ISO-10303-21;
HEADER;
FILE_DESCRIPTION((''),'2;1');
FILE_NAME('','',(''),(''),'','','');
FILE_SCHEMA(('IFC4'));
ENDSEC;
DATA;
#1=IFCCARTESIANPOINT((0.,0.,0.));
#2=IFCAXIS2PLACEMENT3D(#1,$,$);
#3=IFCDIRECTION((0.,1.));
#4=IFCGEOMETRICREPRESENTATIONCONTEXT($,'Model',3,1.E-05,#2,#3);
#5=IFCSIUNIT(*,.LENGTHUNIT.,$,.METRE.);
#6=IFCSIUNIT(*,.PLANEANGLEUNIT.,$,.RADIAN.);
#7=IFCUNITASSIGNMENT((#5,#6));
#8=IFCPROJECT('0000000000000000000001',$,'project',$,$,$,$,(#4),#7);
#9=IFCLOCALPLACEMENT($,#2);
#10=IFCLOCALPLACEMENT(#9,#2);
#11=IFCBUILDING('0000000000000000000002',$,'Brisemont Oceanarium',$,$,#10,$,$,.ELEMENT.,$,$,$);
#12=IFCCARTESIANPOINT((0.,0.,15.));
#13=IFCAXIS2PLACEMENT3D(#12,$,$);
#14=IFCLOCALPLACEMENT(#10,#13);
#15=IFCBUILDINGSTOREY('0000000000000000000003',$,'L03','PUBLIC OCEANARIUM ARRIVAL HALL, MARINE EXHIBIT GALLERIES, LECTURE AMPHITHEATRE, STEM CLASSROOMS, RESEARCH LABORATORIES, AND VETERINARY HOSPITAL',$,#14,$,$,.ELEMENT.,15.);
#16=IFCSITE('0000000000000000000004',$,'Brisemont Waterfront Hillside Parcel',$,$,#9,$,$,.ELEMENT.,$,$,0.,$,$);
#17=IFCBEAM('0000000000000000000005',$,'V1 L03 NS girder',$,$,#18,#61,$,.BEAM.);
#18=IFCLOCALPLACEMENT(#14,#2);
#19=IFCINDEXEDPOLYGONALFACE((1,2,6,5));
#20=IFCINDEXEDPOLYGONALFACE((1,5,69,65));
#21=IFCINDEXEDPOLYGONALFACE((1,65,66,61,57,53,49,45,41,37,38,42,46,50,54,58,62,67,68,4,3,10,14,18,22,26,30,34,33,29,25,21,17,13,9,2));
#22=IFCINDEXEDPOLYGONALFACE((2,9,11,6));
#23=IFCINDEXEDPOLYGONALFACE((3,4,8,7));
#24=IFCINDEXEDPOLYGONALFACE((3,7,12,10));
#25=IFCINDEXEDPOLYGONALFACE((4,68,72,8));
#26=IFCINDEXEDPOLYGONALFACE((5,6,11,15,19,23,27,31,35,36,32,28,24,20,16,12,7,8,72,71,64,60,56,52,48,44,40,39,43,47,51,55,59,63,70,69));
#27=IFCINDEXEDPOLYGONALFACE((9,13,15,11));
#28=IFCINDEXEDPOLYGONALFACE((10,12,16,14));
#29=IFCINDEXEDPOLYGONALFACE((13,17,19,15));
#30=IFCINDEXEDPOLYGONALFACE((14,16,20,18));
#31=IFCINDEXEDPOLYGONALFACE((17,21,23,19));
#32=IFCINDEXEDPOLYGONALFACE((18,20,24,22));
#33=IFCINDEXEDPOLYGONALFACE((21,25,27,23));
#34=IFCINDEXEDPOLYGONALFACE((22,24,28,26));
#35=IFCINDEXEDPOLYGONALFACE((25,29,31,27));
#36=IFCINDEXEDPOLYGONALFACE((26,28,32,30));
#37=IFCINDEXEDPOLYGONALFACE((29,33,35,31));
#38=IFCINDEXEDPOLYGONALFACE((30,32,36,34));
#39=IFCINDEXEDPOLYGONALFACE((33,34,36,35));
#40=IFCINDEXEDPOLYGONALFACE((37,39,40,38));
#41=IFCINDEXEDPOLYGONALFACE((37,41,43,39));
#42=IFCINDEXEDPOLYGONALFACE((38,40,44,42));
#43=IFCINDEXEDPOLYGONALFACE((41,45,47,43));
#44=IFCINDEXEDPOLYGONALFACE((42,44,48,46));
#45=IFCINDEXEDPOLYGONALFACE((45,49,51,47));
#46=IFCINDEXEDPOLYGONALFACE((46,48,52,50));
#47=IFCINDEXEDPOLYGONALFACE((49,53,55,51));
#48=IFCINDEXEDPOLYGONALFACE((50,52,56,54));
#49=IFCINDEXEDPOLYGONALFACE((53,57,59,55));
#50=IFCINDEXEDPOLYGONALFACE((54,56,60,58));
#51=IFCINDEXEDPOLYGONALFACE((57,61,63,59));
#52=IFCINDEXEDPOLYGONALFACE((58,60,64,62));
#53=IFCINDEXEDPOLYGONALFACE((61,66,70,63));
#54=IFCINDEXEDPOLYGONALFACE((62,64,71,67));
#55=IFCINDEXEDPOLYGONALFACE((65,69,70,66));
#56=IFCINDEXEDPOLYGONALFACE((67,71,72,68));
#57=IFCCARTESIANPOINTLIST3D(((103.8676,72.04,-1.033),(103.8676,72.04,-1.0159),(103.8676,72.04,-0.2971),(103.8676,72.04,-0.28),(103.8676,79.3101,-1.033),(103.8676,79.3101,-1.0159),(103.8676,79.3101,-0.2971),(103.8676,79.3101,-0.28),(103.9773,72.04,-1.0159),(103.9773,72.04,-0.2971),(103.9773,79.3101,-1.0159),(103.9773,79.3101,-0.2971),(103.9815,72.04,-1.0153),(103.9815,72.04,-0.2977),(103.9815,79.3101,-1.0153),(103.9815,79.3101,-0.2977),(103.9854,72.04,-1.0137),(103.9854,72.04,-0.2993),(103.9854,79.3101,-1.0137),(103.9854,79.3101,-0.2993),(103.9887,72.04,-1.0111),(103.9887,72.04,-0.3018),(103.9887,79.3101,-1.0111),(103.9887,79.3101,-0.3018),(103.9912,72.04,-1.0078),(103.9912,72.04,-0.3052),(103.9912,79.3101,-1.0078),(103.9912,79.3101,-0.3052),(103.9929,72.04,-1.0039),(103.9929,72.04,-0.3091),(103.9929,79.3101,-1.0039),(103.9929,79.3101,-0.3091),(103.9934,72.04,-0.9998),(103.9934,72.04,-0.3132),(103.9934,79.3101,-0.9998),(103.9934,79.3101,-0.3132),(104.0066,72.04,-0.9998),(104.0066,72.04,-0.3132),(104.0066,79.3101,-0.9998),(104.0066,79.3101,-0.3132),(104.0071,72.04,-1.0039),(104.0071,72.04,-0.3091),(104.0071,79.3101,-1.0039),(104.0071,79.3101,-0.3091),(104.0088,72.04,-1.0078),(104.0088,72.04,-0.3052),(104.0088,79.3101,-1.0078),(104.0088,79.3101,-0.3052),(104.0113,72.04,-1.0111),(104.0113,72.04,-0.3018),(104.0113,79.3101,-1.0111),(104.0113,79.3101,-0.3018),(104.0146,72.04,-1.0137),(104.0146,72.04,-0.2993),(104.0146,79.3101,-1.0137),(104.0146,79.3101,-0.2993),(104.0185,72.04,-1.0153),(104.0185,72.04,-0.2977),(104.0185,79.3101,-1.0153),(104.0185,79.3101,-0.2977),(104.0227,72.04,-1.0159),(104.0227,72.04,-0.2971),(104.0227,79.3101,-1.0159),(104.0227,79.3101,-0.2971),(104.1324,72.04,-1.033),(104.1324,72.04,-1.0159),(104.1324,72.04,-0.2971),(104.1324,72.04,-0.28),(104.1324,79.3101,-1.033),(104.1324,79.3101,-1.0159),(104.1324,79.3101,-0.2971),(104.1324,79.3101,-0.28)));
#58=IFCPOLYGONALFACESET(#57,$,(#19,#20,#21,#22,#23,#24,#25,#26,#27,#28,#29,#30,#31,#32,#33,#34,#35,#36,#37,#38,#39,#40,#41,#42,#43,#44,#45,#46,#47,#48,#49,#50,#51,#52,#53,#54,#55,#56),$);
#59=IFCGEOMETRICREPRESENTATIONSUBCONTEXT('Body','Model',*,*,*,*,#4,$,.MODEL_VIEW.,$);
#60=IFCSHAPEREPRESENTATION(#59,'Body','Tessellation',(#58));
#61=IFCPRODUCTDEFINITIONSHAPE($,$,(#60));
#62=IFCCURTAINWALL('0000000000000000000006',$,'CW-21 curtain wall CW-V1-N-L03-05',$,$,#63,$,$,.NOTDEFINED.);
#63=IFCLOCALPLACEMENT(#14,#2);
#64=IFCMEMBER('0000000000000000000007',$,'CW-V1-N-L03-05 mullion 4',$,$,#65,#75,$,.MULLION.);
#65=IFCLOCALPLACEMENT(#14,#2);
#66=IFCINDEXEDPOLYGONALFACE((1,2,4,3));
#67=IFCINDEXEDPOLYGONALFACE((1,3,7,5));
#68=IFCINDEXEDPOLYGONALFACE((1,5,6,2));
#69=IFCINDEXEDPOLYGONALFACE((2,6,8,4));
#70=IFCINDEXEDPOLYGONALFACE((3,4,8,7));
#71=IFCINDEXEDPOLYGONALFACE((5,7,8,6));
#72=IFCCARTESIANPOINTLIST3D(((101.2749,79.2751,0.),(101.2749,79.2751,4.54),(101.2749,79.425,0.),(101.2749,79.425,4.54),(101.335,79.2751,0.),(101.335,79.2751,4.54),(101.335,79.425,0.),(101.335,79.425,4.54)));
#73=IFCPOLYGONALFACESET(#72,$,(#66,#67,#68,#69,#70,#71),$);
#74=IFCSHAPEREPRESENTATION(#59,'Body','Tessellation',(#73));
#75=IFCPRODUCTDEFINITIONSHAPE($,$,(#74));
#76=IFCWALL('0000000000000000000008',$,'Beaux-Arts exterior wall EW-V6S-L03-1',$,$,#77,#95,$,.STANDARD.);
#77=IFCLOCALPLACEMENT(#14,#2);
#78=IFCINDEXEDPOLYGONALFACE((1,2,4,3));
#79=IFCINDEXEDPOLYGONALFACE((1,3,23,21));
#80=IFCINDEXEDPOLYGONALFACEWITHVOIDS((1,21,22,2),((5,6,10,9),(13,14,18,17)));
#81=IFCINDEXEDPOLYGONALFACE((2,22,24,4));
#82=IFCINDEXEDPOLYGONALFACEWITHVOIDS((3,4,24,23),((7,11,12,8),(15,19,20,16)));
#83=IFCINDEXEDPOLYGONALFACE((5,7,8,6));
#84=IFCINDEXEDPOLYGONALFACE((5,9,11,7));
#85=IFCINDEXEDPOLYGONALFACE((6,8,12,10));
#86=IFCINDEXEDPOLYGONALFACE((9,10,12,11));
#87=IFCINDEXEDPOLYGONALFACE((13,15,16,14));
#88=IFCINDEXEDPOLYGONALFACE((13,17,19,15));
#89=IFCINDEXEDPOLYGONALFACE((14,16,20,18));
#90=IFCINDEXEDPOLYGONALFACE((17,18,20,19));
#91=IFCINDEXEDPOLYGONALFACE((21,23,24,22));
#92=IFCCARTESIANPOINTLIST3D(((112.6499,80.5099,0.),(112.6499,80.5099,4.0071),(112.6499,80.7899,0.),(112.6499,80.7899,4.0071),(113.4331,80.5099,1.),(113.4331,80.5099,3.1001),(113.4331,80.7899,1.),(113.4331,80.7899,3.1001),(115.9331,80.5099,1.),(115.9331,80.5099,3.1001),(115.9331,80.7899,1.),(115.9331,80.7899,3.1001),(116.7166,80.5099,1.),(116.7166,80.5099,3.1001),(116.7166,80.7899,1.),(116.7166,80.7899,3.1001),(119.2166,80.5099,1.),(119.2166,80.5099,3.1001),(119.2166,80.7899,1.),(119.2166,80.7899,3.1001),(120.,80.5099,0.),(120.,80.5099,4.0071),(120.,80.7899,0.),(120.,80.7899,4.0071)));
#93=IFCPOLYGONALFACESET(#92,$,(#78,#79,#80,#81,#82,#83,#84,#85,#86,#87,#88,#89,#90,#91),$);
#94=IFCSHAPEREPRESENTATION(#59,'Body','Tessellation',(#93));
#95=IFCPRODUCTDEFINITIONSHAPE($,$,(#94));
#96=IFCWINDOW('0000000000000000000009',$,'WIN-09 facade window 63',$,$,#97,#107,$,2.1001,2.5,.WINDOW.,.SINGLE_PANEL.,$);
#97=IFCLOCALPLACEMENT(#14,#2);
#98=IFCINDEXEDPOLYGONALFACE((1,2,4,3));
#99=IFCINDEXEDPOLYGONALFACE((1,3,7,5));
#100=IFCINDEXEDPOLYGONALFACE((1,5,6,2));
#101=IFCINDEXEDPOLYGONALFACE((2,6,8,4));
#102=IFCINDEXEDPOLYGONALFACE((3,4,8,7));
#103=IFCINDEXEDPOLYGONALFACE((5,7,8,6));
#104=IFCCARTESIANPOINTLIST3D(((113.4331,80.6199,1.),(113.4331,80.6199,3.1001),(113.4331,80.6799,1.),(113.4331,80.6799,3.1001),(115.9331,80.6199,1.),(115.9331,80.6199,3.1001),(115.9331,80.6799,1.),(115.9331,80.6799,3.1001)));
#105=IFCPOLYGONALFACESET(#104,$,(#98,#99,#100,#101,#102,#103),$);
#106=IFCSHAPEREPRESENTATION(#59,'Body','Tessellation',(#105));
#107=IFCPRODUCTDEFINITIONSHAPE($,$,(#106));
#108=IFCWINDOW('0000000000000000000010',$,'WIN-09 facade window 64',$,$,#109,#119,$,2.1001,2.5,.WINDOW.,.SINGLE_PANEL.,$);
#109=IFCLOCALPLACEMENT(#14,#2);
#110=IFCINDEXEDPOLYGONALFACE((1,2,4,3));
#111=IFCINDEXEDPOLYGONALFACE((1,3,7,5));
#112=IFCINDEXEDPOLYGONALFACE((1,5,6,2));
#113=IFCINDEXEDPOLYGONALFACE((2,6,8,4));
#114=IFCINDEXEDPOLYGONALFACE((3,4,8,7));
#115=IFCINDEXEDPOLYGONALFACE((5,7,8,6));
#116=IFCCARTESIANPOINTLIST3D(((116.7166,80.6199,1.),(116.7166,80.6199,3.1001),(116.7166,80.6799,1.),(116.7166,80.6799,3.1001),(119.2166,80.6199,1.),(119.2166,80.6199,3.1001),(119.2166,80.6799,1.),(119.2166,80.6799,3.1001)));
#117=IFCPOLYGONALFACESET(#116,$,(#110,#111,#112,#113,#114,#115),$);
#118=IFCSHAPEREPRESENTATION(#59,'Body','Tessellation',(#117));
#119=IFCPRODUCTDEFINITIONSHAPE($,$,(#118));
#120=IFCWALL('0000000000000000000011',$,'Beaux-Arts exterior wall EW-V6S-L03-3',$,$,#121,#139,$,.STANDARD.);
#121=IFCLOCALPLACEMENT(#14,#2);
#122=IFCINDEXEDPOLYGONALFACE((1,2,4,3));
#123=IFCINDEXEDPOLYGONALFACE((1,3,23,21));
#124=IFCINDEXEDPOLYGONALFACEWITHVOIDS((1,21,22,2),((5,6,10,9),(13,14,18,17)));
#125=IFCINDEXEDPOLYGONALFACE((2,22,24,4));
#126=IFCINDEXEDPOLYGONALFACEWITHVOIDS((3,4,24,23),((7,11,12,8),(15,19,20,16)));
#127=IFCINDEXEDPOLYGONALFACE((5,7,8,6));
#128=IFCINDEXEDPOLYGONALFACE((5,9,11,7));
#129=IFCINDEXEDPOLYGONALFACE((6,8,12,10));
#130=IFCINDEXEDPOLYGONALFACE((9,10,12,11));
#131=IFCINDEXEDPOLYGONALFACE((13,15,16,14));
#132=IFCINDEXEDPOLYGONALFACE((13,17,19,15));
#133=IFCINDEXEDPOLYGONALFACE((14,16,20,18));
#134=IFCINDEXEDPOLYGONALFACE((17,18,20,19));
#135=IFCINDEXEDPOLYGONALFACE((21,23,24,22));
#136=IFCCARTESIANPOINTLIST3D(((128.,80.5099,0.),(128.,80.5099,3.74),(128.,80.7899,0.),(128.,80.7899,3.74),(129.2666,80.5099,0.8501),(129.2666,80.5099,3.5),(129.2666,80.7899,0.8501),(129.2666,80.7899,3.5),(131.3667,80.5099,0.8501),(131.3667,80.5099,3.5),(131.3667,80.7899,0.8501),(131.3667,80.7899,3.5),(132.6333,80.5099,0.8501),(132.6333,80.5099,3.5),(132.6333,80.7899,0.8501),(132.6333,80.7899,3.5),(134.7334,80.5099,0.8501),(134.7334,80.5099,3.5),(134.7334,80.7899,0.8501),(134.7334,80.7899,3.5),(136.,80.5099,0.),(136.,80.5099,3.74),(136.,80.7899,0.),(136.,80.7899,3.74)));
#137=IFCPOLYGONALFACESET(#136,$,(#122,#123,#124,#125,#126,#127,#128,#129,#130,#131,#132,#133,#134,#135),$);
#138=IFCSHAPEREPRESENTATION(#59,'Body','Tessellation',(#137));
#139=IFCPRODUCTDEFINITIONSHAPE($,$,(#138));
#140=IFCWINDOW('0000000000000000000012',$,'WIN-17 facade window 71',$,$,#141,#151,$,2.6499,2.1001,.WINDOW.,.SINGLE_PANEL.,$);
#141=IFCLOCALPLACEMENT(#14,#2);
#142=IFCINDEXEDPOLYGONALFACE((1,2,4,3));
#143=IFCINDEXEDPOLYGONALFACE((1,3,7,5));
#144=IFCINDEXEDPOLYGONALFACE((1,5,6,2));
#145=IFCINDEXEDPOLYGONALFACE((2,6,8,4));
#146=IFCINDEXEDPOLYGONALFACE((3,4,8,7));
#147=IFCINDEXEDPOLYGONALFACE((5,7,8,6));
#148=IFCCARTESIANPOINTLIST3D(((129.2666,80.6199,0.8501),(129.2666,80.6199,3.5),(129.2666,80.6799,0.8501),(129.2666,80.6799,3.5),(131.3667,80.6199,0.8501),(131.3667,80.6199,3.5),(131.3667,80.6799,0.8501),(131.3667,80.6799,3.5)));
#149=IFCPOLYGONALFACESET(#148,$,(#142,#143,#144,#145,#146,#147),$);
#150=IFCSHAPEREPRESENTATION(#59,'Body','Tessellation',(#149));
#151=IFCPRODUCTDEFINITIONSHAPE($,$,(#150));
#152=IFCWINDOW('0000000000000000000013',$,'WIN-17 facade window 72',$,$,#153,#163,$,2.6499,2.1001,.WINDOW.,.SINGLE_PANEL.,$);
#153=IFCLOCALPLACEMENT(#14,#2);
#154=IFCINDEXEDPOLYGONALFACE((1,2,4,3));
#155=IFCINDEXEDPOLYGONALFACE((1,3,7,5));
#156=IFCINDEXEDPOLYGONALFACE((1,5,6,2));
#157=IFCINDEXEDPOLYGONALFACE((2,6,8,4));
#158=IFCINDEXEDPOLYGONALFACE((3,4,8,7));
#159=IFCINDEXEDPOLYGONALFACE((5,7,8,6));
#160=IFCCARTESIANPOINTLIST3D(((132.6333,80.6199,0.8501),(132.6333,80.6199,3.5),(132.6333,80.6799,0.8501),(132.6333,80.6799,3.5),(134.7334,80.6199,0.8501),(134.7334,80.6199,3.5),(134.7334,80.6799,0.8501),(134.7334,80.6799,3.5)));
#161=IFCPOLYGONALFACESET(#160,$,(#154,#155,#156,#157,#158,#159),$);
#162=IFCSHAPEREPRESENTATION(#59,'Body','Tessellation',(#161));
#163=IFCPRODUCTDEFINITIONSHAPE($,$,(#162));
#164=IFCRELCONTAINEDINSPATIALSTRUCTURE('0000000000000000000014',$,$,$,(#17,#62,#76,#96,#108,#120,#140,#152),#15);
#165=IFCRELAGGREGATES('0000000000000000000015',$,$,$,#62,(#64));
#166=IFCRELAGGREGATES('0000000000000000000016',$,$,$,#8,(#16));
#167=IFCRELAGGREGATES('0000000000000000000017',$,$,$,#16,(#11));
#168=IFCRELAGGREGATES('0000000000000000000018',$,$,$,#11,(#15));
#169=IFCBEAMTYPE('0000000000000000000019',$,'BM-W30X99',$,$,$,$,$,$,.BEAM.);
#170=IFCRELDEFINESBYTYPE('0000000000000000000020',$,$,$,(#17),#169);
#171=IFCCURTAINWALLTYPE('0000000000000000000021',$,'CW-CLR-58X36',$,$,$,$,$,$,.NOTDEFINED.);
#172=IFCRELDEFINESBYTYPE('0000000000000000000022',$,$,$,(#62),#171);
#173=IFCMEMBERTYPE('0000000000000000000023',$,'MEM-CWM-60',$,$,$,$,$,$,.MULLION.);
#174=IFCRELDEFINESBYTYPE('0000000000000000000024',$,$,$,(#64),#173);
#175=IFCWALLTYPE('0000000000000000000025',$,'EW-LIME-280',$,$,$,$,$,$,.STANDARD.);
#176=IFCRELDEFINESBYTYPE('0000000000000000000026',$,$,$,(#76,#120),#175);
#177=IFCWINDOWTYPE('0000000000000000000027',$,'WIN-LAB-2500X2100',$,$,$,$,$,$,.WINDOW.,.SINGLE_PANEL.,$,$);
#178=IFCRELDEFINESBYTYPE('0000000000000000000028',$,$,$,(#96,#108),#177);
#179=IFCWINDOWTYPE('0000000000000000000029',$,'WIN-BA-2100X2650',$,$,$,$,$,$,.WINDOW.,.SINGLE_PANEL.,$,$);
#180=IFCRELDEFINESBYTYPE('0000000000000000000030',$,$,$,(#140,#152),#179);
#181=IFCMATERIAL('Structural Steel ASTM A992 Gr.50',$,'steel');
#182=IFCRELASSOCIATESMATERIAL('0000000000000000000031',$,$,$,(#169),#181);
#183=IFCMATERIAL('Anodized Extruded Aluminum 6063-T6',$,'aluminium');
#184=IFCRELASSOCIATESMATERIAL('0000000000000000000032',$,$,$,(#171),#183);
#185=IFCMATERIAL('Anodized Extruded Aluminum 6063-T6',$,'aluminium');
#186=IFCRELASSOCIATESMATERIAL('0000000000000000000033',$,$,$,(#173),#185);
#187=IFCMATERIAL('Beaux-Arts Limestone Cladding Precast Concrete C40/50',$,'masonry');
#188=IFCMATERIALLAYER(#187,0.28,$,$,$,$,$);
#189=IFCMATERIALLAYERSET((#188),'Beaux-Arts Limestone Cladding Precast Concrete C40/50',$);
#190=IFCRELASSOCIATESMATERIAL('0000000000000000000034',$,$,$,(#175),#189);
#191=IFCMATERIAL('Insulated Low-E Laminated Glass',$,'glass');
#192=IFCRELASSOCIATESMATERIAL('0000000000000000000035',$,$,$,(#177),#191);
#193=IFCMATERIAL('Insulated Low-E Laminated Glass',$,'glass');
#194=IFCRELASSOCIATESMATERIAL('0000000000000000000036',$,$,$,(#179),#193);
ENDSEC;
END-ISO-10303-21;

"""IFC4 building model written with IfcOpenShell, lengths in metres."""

from ifc_helpers import new_model, si_unit, direction, frame, frame_2d, origin, origin_2d, place, context, subcontext, project, spatial, rectangle, i_section, extrude, material, layer, layer_set, material_profile, profile_set, type_object, element, fill, aggregate, save


model = new_model("IFC4")

# Units and contexts
model_context = context("Model", 3, precision=1e-05, world=origin(), true_north=direction((0.0, 1.0)))
body_context = subcontext(model_context, "Body", "Model", "MODEL_VIEW")
ifc_project = project(units=[si_unit("LENGTHUNIT", "METRE"), si_unit("PLANEANGLEUNIT", "RADIAN")], contexts=[model_context])

# Site, building, storey
site_placement = place(None, origin())
site = spatial("IfcSite", under=ifc_project, at=site_placement, Name="Brisemont Waterfront Hillside Parcel", CompositionType="ELEMENT", RefElevation=0.0)
building_placement = place(site_placement, origin())
building = spatial("IfcBuilding", under=site, at=building_placement, Name="Brisemont Oceanarium", CompositionType="ELEMENT")
storey_placement = place(building_placement, frame((0.0, 0.0, 15.0)))
storey = spatial("IfcBuildingStorey", under=building, at=storey_placement, Name="L03", Description="PUBLIC OCEANARIUM ARRIVAL HALL, MARINE EXHIBIT GALLERIES, LECTURE AMPHITHEATRE, STEM CLASSROOMS, RESEARCH LABORATORIES, AND VETERINARY HOSPITAL", CompositionType="ELEMENT", Elevation=15.0)

# Beam
ifc_material_1 = material(Name="Structural Steel ASTM A992 Gr.50", Category="steel")
ifc_material_profile_1 = material_profile(ifc_material_1, i_section(OverallWidth=0.2649, OverallDepth=0.7529, WebThickness=0.0132, FlangeThickness=0.0171, FilletRadius=0.0161, at=origin_2d()), Name="W30X99")
ifc_profile_set_1 = profile_set([ifc_material_profile_1], Name="Structural Steel ASTM A992 Gr.50")
beam_type_1 = type_object("IfcBeamType", Name="BM-W30X99", PredefinedType="BEAM", material=ifc_profile_set_1)
beam_1_placement = place(storey_placement, frame((104.0, 72.04, -0.6565), z_axis=(0.0, 1.0, 0.0), x_axis=(-1.0, 0.0, 0.0)))
element("IfcBeam", 1, at=beam_1_placement, inside=storey, type_object=beam_type_1, Name="V1 L03 NS girder", PredefinedType="BEAM", context=body_context, shape_type="SweptSolid", body=[
    extrude(i_section(OverallWidth=0.2649, OverallDepth=0.7529, WebThickness=0.0132, FlangeThickness=0.0171, FilletRadius=0.0161, at=origin_2d()), origin(), (0.0, 0.0, 1.0), 7.27),
])

# Curtain wall, member
ifc_material_2 = material(Name="Anodized Extruded Aluminum 6063-T6", Category="aluminium")
curtain_wall_type = type_object("IfcCurtainWallType", Name="CW-CLR-58X36", PredefinedType="NOTDEFINED", material=ifc_material_2)
curtain_wall_placement = place(storey_placement, origin())
curtain_wall = element("IfcCurtainWall", 2, at=curtain_wall_placement, inside=storey, type_object=curtain_wall_type, Name="CW-21 curtain wall CW-V1-N-L03-05", PredefinedType="NOTDEFINED")
ifc_material_3 = material(Name="Anodized Extruded Aluminum 6063-T6", Category="aluminium")
ifc_material_profile_2 = material_profile(ifc_material_3, rectangle(XDim=0.0601, YDim=0.1499, at=origin_2d()), Name="CWM-60X150")
ifc_profile_set_2 = profile_set([ifc_material_profile_2], Name="Anodized Extruded Aluminum 6063-T6")
member_type = type_object("IfcMemberType", Name="MEM-CWM-60", PredefinedType="MULLION", material=ifc_profile_set_2)
member_placement = place(storey_placement, frame((101.3049, 79.3501, 0.0), z_axis=(0.0, 0.0, 1.0), x_axis=(1.0, 0.0, 0.0)))
member = element("IfcMember", 3, at=member_placement, type_object=member_type, Name="CW-V1-N-L03-05 mullion 4", PredefinedType="MULLION", context=body_context, shape_type="SweptSolid", body=[
    extrude(rectangle(XDim=0.0601, YDim=0.1499, at=origin_2d()), origin(), (0.0, 0.0, 1.0), 4.54),
])
aggregate(curtain_wall, [member])

# Walls, openings, windows
ifc_material_4 = material(Name="Beaux-Arts Limestone Cladding Precast Concrete C40/50", Category="masonry")
ifc_layer_1 = layer(ifc_material_4, 0.28)
ifc_layer_set_1 = layer_set([ifc_layer_1], Name="Beaux-Arts Limestone Cladding Precast Concrete C40/50")
wall_type_1 = type_object("IfcWallType", Name="EW-LIME-280", PredefinedType="STANDARD", material=ifc_layer_set_1)
wall_1_placement = place(storey_placement, frame((112.6499, 80.6499, 0.0), z_axis=(0.0, 0.0, 1.0), x_axis=(1.0, 0.0, 0.0)))
wall_1 = element("IfcWall", 4, at=wall_1_placement, inside=storey, type_object=wall_type_1, Name="Beaux-Arts exterior wall EW-V6S-L03-1", PredefinedType="STANDARD", context=body_context, shape_type="SweptSolid", body=[
    extrude(rectangle(XDim=7.3501, YDim=0.28, at=frame_2d((3.675, 0.0))), origin(), (0.0, 0.0, 1.0), 4.0071),
])
opening_1_placement = place(wall_1_placement, frame((0.7832, 0.0, 1.0)))
opening_1 = element("IfcOpeningElement", 5, at=opening_1_placement, cuts=wall_1, PredefinedType="OPENING", context=body_context, shape_type="SweptSolid", body=[
    extrude(rectangle(XDim=2.5, YDim=2.1001, at=frame_2d((1.25, 1.05))), frame((0.0, 0.1499, 0.0), z_axis=(0.0, -1.0, 0.0), x_axis=(1.0, 0.0, 0.0)), (0.0, 0.0, 1.0), 0.3),
])
opening_2_placement = place(wall_1_placement, frame((4.0667, 0.0, 1.0)))
opening_2 = element("IfcOpeningElement", 6, at=opening_2_placement, cuts=wall_1, PredefinedType="OPENING", context=body_context, shape_type="SweptSolid", body=[
    extrude(rectangle(XDim=2.5, YDim=2.1001, at=frame_2d((1.25, 1.05))), frame((0.0, 0.1499, 0.0), z_axis=(0.0, -1.0, 0.0), x_axis=(1.0, 0.0, 0.0)), (0.0, 0.0, 1.0), 0.3),
])
ifc_material_5 = material(Name="Insulated Low-E Laminated Glass", Category="glass")
window_type_1 = type_object("IfcWindowType", Name="WIN-LAB-2500X2100", PartitioningType="SINGLE_PANEL", PredefinedType="WINDOW", material=ifc_material_5)
window_1_placement = place(opening_1_placement, origin())
window_1 = element("IfcWindow", 7, at=window_1_placement, inside=storey, type_object=window_type_1, Name="WIN-09 facade window 63", OverallHeight=2.1001, OverallWidth=2.5, PartitioningType="SINGLE_PANEL", PredefinedType="WINDOW", context=body_context, shape_type="SweptSolid", body=[
    extrude(rectangle(XDim=2.5, YDim=2.1001, at=frame_2d((1.25, 1.05))), frame((0.0, 0.03, 0.0), z_axis=(0.0, -1.0, 0.0), x_axis=(1.0, 0.0, 0.0)), (0.0, 0.0, 1.0), 0.0601),
])
fill(opening_1, window_1)
window_2_placement = place(opening_2_placement, origin())
window_2 = element("IfcWindow", 8, at=window_2_placement, inside=storey, type_object=window_type_1, Name="WIN-09 facade window 64", OverallHeight=2.1001, OverallWidth=2.5, PartitioningType="SINGLE_PANEL", PredefinedType="WINDOW", context=body_context, shape_type="SweptSolid", body=[
    extrude(rectangle(XDim=2.5, YDim=2.1001, at=frame_2d((1.25, 1.05))), frame((0.0, 0.03, 0.0), z_axis=(0.0, -1.0, 0.0), x_axis=(1.0, 0.0, 0.0)), (0.0, 0.0, 1.0), 0.0601),
])
fill(opening_2, window_2)
wall_2_placement = place(storey_placement, frame((128.0, 80.6499, 0.0), z_axis=(0.0, 0.0, 1.0), x_axis=(1.0, 0.0, 0.0)))
wall_2 = element("IfcWall", 9, at=wall_2_placement, inside=storey, type_object=wall_type_1, Name="Beaux-Arts exterior wall EW-V6S-L03-3", PredefinedType="STANDARD", context=body_context, shape_type="SweptSolid", body=[
    extrude(rectangle(XDim=8.0, YDim=0.28, at=frame_2d((4.0, 0.0))), origin(), (0.0, 0.0, 1.0), 3.74),
])
opening_3_placement = place(wall_2_placement, frame((1.2666, 0.0, 0.8501)))
opening_3 = element("IfcOpeningElement", 10, at=opening_3_placement, cuts=wall_2, PredefinedType="OPENING", context=body_context, shape_type="SweptSolid", body=[
    extrude(rectangle(XDim=2.1001, YDim=2.6499, at=frame_2d((1.05, 1.325))), frame((0.0, 0.1499, 0.0), z_axis=(0.0, -1.0, 0.0), x_axis=(1.0, 0.0, 0.0)), (0.0, 0.0, 1.0), 0.3),
])
opening_4_placement = place(wall_2_placement, frame((4.6333, 0.0, 0.8501)))
opening_4 = element("IfcOpeningElement", 11, at=opening_4_placement, cuts=wall_2, PredefinedType="OPENING", context=body_context, shape_type="SweptSolid", body=[
    extrude(rectangle(XDim=2.1001, YDim=2.6499, at=frame_2d((1.05, 1.325))), frame((0.0, 0.1499, 0.0), z_axis=(0.0, -1.0, 0.0), x_axis=(1.0, 0.0, 0.0)), (0.0, 0.0, 1.0), 0.3),
])
ifc_material_6 = material(Name="Insulated Low-E Laminated Glass", Category="glass")
window_type_2 = type_object("IfcWindowType", Name="WIN-BA-2100X2650", PartitioningType="SINGLE_PANEL", PredefinedType="WINDOW", material=ifc_material_6)
window_3_placement = place(opening_3_placement, origin())
window_3 = element("IfcWindow", 12, at=window_3_placement, inside=storey, type_object=window_type_2, Name="WIN-17 facade window 71", OverallHeight=2.6499, OverallWidth=2.1001, PartitioningType="SINGLE_PANEL", PredefinedType="WINDOW", context=body_context, shape_type="SweptSolid", body=[
    extrude(rectangle(XDim=2.1001, YDim=2.6499, at=frame_2d((1.05, 1.325))), frame((0.0, 0.03, 0.0), z_axis=(0.0, -1.0, 0.0), x_axis=(1.0, 0.0, 0.0)), (0.0, 0.0, 1.0), 0.0601),
])
fill(opening_3, window_3)
window_4_placement = place(opening_4_placement, origin())
window_4 = element("IfcWindow", 13, at=window_4_placement, inside=storey, type_object=window_type_2, Name="WIN-17 facade window 72", OverallHeight=2.6499, OverallWidth=2.1001, PartitioningType="SINGLE_PANEL", PredefinedType="WINDOW", context=body_context, shape_type="SweptSolid", body=[
    extrude(rectangle(XDim=2.1001, YDim=2.6499, at=frame_2d((1.05, 1.325))), frame((0.0, 0.03, 0.0), z_axis=(0.0, -1.0, 0.0), x_axis=(1.0, 0.0, 0.0)), (0.0, 0.0, 1.0), 0.0601),
])
fill(opening_4, window_4)

save(model, "model.ifc")
